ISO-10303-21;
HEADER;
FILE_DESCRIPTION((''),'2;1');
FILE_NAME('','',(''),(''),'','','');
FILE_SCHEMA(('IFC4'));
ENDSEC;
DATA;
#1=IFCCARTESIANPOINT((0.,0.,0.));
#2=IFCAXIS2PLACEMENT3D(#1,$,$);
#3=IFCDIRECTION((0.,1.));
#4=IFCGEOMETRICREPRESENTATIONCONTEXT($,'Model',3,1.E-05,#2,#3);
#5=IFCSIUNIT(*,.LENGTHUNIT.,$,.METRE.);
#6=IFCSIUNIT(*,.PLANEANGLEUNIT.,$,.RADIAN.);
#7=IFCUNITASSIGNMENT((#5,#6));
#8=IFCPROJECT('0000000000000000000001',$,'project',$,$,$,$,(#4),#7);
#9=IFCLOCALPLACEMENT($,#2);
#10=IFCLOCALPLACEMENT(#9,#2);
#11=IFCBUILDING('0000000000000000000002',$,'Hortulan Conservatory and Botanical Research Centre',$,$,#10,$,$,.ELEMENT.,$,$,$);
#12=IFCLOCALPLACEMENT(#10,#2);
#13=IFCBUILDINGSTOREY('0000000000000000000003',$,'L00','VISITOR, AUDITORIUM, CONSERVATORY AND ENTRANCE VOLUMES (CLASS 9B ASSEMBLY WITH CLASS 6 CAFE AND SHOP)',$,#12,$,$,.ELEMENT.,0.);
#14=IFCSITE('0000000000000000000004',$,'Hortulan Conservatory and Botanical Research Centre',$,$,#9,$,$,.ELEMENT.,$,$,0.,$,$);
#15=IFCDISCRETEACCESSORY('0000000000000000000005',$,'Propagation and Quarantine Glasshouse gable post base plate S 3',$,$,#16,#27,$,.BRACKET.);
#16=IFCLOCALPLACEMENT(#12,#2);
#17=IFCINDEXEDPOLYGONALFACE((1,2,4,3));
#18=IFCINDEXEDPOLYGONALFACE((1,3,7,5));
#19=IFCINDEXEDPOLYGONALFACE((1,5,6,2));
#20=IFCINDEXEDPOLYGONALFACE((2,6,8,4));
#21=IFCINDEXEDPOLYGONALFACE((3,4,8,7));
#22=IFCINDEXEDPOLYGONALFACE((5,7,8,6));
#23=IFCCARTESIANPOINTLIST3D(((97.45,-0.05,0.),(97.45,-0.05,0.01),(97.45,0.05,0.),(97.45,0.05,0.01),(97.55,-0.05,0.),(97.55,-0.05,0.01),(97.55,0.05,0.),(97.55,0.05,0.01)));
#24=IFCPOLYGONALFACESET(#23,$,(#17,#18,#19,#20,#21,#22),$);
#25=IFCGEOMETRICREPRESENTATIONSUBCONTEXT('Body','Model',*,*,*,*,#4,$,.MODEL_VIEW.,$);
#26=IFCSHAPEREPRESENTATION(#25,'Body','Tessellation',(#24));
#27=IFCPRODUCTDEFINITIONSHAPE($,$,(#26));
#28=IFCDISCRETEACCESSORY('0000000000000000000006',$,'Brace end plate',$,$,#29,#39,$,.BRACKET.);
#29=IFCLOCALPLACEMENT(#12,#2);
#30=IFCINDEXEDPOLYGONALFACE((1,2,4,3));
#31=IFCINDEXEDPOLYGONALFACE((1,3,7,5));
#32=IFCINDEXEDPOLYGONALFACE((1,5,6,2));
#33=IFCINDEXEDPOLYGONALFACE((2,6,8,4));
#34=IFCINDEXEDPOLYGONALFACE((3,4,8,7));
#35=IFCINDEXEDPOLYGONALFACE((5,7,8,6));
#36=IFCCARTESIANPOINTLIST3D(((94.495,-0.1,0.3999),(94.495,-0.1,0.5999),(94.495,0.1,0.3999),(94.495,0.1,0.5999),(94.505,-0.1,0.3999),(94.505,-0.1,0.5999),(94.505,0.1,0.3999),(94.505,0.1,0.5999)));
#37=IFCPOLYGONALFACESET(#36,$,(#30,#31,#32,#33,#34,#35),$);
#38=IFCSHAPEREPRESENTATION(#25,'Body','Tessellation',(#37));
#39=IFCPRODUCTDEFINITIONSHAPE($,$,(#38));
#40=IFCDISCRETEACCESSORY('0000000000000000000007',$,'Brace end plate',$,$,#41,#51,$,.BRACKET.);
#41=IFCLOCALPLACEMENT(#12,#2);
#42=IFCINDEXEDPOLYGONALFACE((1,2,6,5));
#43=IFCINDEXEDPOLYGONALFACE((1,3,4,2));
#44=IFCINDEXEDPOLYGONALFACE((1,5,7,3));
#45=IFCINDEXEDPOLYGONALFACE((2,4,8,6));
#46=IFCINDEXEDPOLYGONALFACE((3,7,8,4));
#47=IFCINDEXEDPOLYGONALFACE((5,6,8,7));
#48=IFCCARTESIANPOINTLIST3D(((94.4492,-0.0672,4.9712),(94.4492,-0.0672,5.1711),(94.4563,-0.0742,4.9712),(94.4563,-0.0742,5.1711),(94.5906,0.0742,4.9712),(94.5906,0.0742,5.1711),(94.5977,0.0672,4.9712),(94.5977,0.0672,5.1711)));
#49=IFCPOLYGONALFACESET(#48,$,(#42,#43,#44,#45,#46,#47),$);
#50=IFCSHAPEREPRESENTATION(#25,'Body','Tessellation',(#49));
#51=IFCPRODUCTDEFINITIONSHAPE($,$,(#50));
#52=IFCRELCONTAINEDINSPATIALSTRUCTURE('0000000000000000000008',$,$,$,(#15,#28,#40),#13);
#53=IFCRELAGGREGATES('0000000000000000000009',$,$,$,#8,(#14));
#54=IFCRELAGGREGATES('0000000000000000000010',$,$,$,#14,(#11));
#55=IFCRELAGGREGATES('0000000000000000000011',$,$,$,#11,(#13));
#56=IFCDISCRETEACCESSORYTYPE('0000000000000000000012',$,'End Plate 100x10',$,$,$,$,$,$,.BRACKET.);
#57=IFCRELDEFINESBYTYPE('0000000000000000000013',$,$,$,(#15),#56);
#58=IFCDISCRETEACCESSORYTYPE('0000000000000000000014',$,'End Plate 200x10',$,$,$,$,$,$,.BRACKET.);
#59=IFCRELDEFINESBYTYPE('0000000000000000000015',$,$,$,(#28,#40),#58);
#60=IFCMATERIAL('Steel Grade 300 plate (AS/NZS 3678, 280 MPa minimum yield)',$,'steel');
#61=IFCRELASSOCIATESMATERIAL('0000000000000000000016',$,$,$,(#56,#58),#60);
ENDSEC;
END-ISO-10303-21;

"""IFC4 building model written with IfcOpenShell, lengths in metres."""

from ifc_helpers import new_model, si_unit, direction, frame, origin, origin_2d, place, context, subcontext, project, spatial, rectangle, extrude, material, type_object, element, save


model = new_model("IFC4")

# Units and contexts
model_context = context("Model", 3, precision=1e-05, world=origin(), true_north=direction((0.0, 1.0)))
body_context = subcontext(model_context, "Body", "Model", "MODEL_VIEW")
ifc_project = project(units=[si_unit("LENGTHUNIT", "METRE"), si_unit("PLANEANGLEUNIT", "RADIAN")], contexts=[model_context])

# Site, building, storey
site_placement = place(None, origin())
site = spatial("IfcSite", under=ifc_project, at=site_placement, Name="Hortulan Conservatory and Botanical Research Centre", CompositionType="ELEMENT", RefElevation=0.0)
building_placement = place(site_placement, origin())
building = spatial("IfcBuilding", under=site, at=building_placement, Name="Hortulan Conservatory and Botanical Research Centre", CompositionType="ELEMENT")
storey_placement = place(building_placement, origin())
storey = spatial("IfcBuildingStorey", under=building, at=storey_placement, Name="L00", Description="VISITOR, AUDITORIUM, CONSERVATORY AND ENTRANCE VOLUMES (CLASS 9B ASSEMBLY WITH CLASS 6 CAFE AND SHOP)", CompositionType="ELEMENT", Elevation=0.0)

# Discrete accessories
ifc_material_1 = material(Name="Steel Grade 300 plate (AS/NZS 3678, 280 MPa minimum yield)", Category="steel")
discrete_accessory_type_1 = type_object("IfcDiscreteAccessoryType", Name="End Plate 100x10", PredefinedType="BRACKET", material=ifc_material_1)
for number, where, z_axis, x_axis, name in (
    (1, (97.5, 0.0, 0.0), (0.0, 0.0, 1.0), (1.0, 0.0, 0.0), "Propagation and Quarantine Glasshouse gable post base plate S 3"),
):
    element("IfcDiscreteAccessory", number, at=place(storey_placement, frame(where, z_axis=z_axis, x_axis=x_axis)), inside=storey, type_object=discrete_accessory_type_1, Name=name, PredefinedType="BRACKET", context=body_context, shape_type="SweptSolid", body=[
        extrude(rectangle(XDim=0.1001, YDim=0.1001, at=origin_2d()), origin(), (0.0, 0.0, 1.0), 0.01),
    ])
discrete_accessory_type_2 = type_object("IfcDiscreteAccessoryType", Name="End Plate 200x10", PredefinedType="BRACKET", material=ifc_material_1)
for number, where, z_axis, x_axis, name in (
    (2, (94.5, 0.0, 0.3999), (0.0, 0.0, 1.0), (0.0, -1.0, 0.0), "Brace end plate"),
    (3, (94.5234, 0.0, 4.9712), (0.0, 0.0, 1.0), (0.707107, 0.707107, 0.0), "Brace end plate"),
):
    element("IfcDiscreteAccessory", number, at=place(storey_placement, frame(where, z_axis=z_axis, x_axis=x_axis)), inside=storey, type_object=discrete_accessory_type_2, Name=name, PredefinedType="BRACKET", context=body_context, shape_type="SweptSolid", body=[
        extrude(rectangle(XDim=0.2, YDim=0.01, at=origin_2d()), origin(), (0.0, 0.0, 1.0), 0.2),
    ])

save(model, "model.ifc")
